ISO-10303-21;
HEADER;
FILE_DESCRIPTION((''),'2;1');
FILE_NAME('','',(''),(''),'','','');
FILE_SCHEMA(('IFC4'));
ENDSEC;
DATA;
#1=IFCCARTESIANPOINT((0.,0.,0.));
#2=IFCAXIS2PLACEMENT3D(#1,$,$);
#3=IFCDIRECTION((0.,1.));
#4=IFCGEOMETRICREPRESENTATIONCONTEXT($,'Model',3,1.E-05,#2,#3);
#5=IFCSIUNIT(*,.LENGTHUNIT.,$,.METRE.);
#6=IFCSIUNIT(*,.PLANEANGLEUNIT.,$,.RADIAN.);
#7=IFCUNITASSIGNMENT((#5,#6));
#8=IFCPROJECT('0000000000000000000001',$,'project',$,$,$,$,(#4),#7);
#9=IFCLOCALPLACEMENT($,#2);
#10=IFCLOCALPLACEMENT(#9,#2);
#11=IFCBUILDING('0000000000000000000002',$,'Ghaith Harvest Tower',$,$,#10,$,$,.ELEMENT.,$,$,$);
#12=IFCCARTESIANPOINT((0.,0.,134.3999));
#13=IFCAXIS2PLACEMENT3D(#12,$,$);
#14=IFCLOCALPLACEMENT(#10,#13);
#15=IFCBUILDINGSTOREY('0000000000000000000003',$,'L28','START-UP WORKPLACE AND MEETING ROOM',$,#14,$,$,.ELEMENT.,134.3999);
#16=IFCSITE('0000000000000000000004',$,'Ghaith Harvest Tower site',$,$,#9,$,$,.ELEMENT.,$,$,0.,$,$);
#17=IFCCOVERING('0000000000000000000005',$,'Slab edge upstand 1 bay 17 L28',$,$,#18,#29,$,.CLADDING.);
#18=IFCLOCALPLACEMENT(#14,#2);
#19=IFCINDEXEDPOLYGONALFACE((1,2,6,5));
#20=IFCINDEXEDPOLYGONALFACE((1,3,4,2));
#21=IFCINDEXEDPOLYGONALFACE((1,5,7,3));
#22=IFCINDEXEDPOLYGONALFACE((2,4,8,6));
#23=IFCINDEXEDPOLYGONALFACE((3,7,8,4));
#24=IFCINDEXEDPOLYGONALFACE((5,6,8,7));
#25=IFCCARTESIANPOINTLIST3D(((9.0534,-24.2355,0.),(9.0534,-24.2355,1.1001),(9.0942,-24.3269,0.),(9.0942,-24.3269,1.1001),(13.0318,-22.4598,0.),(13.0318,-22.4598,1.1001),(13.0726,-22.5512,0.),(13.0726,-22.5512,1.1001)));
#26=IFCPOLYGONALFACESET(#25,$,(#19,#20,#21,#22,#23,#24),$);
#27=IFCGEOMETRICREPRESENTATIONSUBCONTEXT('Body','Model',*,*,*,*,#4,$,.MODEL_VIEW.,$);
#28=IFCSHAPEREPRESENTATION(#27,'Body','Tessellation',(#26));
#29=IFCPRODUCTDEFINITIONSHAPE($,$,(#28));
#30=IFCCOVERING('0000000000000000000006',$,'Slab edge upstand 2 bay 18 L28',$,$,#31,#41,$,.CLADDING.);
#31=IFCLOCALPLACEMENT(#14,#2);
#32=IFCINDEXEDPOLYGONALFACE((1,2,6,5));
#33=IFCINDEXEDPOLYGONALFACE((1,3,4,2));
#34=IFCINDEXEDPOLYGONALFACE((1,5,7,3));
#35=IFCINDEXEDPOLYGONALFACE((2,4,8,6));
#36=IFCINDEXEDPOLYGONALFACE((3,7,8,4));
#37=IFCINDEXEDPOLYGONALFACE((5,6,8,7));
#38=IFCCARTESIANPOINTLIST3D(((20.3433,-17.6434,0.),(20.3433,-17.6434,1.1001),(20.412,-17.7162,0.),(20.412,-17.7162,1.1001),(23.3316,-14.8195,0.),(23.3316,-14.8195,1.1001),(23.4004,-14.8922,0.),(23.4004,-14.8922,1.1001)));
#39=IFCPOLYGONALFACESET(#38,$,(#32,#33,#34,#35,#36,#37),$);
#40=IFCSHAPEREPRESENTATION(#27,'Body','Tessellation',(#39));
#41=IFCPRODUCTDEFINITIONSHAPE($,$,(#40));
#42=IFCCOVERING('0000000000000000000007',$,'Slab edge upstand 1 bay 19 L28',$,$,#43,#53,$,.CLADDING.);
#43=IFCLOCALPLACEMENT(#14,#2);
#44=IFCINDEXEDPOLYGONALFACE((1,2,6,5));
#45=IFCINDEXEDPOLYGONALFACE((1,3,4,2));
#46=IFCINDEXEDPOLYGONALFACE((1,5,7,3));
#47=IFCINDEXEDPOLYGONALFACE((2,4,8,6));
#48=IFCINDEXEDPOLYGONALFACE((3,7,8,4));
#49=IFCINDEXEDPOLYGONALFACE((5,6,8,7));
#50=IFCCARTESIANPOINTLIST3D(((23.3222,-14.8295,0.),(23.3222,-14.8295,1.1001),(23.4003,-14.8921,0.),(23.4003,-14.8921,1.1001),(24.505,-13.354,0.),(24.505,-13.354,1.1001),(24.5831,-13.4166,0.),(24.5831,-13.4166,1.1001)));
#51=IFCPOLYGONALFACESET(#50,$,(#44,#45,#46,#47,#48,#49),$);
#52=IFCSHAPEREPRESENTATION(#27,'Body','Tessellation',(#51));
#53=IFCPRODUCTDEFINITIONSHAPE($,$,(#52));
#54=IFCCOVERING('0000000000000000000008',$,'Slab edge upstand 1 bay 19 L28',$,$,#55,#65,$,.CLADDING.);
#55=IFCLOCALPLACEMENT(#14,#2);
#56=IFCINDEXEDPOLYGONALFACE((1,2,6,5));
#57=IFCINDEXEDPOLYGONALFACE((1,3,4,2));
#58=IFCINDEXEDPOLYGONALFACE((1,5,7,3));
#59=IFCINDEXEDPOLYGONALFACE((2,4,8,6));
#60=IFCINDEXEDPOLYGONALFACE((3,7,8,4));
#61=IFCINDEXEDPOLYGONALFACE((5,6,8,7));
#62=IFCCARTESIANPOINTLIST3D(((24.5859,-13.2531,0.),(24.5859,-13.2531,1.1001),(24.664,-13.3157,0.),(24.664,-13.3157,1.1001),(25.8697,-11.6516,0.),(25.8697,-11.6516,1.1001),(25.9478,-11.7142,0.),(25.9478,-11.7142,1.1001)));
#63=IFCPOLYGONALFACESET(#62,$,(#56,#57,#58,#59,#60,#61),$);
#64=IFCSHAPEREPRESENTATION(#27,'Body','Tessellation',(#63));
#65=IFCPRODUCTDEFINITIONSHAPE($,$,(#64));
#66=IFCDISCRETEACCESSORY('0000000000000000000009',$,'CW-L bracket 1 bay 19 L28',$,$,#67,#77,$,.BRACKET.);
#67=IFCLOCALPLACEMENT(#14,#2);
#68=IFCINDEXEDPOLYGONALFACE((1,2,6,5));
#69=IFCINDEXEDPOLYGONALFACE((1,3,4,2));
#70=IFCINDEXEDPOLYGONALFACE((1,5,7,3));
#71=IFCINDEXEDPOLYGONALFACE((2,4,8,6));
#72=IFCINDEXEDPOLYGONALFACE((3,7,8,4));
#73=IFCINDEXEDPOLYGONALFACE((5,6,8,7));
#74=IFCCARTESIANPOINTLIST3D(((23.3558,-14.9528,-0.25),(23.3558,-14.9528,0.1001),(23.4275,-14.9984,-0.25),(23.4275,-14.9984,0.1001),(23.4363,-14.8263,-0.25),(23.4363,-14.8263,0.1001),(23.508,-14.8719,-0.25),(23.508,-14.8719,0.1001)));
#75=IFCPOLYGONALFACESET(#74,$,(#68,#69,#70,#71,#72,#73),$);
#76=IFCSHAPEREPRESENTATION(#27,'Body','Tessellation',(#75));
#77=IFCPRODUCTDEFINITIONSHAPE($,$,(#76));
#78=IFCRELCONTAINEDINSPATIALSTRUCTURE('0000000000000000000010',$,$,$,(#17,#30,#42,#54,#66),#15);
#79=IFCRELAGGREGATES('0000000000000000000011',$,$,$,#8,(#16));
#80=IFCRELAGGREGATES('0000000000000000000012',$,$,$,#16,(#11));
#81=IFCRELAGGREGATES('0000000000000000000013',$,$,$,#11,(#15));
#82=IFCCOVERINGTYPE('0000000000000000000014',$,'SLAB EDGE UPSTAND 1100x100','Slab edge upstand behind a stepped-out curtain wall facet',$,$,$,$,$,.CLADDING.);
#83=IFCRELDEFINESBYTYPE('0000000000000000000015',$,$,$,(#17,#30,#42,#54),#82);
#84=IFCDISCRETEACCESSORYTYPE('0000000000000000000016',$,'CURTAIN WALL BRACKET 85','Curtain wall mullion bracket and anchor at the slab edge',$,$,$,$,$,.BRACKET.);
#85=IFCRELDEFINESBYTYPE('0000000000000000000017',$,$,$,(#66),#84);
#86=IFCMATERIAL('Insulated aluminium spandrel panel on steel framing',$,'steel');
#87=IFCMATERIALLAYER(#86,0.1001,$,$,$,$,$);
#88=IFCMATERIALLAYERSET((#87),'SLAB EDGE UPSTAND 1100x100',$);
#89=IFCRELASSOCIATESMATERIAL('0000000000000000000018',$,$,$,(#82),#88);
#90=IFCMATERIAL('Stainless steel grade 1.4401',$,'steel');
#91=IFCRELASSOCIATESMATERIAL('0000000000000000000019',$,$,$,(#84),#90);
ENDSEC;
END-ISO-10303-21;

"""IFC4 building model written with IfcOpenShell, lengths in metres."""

from ifc_helpers import new_model, si_unit, direction, frame, origin, origin_2d, place, context, subcontext, project, spatial, rectangle, extrude, material, layer, layer_set, type_object, element, save


model = new_model("IFC4")

# Units and contexts
model_context = context("Model", 3, precision=1e-05, world=origin(), true_north=direction((0.0, 1.0)))
body_context = subcontext(model_context, "Body", "Model", "MODEL_VIEW")
ifc_project = project(units=[si_unit("LENGTHUNIT", "METRE"), si_unit("PLANEANGLEUNIT", "RADIAN")], contexts=[model_context])

# Site, building, storey
site_placement = place(None, origin())
site = spatial("IfcSite", under=ifc_project, at=site_placement, Name="Ghaith Harvest Tower site", CompositionType="ELEMENT", RefElevation=0.0)
building_placement = place(site_placement, origin())
building = spatial("IfcBuilding", under=site, at=building_placement, Name="Ghaith Harvest Tower", CompositionType="ELEMENT")
storey_placement = place(building_placement, frame((0.0, 0.0, 134.3999)))
storey = spatial("IfcBuildingStorey", under=building, at=storey_placement, Name="L28", Description="START-UP WORKPLACE AND MEETING ROOM", CompositionType="ELEMENT", Elevation=134.3999)

# Coverings
ifc_material_1 = material(Name="Insulated aluminium spandrel panel on steel framing", Category="steel")
ifc_layer_1 = layer(ifc_material_1, 0.1001)
ifc_layer_set_1 = layer_set([ifc_layer_1], Name="SLAB EDGE UPSTAND 1100x100")
covering_type = type_object("IfcCoveringType", Name="SLAB EDGE UPSTAND 1100x100", Description="Slab edge upstand behind a stepped-out curtain wall facet", PredefinedType="CLADDING", material=ifc_layer_set_1)
covering_1_placement = place(storey_placement, frame((11.063, -23.3933, 0.0), z_axis=(0.0, 0.0, 1.0), x_axis=(0.91317, 0.407578, 0.0)))
element("IfcCovering", 1, at=covering_1_placement, inside=storey, type_object=covering_type, Name="Slab edge upstand 1 bay 17 L28", PredefinedType="CLADDING", context=body_context, shape_type="SweptSolid", body=[
    extrude(rectangle(XDim=4.3567, YDim=0.1001, at=origin_2d()), origin(), (0.0, 0.0, 1.0), 1.1001),
])
covering_2_placement = place(storey_placement, frame((21.8718, -16.2678, 0.0), z_axis=(0.0, 0.0, 1.0), x_axis=(0.72681, 0.686839, 0.0)))
element("IfcCovering", 2, at=covering_2_placement, inside=storey, type_object=covering_type, Name="Slab edge upstand 2 bay 18 L28", PredefinedType="CLADDING", context=body_context, shape_type="SweptSolid", body=[
    extrude(rectangle(XDim=4.1116, YDim=0.1001, at=origin_2d()), origin(), (0.0, 0.0, 1.0), 1.1001),
])
covering_3_placement = place(storey_placement, frame((23.9526, -14.123, 0.0), z_axis=(0.0, 0.0, 1.0), x_axis=(0.625468, 0.78025, 0.0)))
element("IfcCovering", 3, at=covering_3_placement, inside=storey, type_object=covering_type, Name="Slab edge upstand 1 bay 19 L28", PredefinedType="CLADDING", context=body_context, shape_type="SweptSolid", body=[
    extrude(rectangle(XDim=1.8911, YDim=0.1001, at=origin_2d()), origin(), (0.0, 0.0, 1.0), 1.1001),
])
covering_4_placement = place(storey_placement, frame((25.2668, -12.4836, 0.0), z_axis=(0.0, 0.0, 1.0), x_axis=(0.625468, 0.78025, 0.0)))
element("IfcCovering", 4, at=covering_4_placement, inside=storey, type_object=covering_type, Name="Slab edge upstand 1 bay 19 L28", PredefinedType="CLADDING", context=body_context, shape_type="SweptSolid", body=[
    extrude(rectangle(XDim=2.0525, YDim=0.1001, at=origin_2d()), origin(), (0.0, 0.0, 1.0), 1.1001),
])

# Discrete accessory
ifc_material_2 = material(Name="Stainless steel grade 1.4401", Category="steel")
discrete_accessory_type = type_object("IfcDiscreteAccessoryType", Name="CURTAIN WALL BRACKET 85", Description="Curtain wall mullion bracket and anchor at the slab edge", PredefinedType="BRACKET", material=ifc_material_2)
discrete_accessory_placement = place(storey_placement, frame((23.4319, -14.9124, -0.25), z_axis=(0.0, 0.0, 1.0), x_axis=(0.843644, -0.536903, 0.0)))
element("IfcDiscreteAccessory", 5, at=discrete_accessory_placement, inside=storey, type_object=discrete_accessory_type, Name="CW-L bracket 1 bay 19 L28", PredefinedType="BRACKET", context=body_context, shape_type="SweptSolid", body=[
    extrude(rectangle(XDim=0.085, YDim=0.1499, at=origin_2d()), origin(), (0.0, 0.0, 1.0), 0.3501),
])

save(model, "model.ifc")
